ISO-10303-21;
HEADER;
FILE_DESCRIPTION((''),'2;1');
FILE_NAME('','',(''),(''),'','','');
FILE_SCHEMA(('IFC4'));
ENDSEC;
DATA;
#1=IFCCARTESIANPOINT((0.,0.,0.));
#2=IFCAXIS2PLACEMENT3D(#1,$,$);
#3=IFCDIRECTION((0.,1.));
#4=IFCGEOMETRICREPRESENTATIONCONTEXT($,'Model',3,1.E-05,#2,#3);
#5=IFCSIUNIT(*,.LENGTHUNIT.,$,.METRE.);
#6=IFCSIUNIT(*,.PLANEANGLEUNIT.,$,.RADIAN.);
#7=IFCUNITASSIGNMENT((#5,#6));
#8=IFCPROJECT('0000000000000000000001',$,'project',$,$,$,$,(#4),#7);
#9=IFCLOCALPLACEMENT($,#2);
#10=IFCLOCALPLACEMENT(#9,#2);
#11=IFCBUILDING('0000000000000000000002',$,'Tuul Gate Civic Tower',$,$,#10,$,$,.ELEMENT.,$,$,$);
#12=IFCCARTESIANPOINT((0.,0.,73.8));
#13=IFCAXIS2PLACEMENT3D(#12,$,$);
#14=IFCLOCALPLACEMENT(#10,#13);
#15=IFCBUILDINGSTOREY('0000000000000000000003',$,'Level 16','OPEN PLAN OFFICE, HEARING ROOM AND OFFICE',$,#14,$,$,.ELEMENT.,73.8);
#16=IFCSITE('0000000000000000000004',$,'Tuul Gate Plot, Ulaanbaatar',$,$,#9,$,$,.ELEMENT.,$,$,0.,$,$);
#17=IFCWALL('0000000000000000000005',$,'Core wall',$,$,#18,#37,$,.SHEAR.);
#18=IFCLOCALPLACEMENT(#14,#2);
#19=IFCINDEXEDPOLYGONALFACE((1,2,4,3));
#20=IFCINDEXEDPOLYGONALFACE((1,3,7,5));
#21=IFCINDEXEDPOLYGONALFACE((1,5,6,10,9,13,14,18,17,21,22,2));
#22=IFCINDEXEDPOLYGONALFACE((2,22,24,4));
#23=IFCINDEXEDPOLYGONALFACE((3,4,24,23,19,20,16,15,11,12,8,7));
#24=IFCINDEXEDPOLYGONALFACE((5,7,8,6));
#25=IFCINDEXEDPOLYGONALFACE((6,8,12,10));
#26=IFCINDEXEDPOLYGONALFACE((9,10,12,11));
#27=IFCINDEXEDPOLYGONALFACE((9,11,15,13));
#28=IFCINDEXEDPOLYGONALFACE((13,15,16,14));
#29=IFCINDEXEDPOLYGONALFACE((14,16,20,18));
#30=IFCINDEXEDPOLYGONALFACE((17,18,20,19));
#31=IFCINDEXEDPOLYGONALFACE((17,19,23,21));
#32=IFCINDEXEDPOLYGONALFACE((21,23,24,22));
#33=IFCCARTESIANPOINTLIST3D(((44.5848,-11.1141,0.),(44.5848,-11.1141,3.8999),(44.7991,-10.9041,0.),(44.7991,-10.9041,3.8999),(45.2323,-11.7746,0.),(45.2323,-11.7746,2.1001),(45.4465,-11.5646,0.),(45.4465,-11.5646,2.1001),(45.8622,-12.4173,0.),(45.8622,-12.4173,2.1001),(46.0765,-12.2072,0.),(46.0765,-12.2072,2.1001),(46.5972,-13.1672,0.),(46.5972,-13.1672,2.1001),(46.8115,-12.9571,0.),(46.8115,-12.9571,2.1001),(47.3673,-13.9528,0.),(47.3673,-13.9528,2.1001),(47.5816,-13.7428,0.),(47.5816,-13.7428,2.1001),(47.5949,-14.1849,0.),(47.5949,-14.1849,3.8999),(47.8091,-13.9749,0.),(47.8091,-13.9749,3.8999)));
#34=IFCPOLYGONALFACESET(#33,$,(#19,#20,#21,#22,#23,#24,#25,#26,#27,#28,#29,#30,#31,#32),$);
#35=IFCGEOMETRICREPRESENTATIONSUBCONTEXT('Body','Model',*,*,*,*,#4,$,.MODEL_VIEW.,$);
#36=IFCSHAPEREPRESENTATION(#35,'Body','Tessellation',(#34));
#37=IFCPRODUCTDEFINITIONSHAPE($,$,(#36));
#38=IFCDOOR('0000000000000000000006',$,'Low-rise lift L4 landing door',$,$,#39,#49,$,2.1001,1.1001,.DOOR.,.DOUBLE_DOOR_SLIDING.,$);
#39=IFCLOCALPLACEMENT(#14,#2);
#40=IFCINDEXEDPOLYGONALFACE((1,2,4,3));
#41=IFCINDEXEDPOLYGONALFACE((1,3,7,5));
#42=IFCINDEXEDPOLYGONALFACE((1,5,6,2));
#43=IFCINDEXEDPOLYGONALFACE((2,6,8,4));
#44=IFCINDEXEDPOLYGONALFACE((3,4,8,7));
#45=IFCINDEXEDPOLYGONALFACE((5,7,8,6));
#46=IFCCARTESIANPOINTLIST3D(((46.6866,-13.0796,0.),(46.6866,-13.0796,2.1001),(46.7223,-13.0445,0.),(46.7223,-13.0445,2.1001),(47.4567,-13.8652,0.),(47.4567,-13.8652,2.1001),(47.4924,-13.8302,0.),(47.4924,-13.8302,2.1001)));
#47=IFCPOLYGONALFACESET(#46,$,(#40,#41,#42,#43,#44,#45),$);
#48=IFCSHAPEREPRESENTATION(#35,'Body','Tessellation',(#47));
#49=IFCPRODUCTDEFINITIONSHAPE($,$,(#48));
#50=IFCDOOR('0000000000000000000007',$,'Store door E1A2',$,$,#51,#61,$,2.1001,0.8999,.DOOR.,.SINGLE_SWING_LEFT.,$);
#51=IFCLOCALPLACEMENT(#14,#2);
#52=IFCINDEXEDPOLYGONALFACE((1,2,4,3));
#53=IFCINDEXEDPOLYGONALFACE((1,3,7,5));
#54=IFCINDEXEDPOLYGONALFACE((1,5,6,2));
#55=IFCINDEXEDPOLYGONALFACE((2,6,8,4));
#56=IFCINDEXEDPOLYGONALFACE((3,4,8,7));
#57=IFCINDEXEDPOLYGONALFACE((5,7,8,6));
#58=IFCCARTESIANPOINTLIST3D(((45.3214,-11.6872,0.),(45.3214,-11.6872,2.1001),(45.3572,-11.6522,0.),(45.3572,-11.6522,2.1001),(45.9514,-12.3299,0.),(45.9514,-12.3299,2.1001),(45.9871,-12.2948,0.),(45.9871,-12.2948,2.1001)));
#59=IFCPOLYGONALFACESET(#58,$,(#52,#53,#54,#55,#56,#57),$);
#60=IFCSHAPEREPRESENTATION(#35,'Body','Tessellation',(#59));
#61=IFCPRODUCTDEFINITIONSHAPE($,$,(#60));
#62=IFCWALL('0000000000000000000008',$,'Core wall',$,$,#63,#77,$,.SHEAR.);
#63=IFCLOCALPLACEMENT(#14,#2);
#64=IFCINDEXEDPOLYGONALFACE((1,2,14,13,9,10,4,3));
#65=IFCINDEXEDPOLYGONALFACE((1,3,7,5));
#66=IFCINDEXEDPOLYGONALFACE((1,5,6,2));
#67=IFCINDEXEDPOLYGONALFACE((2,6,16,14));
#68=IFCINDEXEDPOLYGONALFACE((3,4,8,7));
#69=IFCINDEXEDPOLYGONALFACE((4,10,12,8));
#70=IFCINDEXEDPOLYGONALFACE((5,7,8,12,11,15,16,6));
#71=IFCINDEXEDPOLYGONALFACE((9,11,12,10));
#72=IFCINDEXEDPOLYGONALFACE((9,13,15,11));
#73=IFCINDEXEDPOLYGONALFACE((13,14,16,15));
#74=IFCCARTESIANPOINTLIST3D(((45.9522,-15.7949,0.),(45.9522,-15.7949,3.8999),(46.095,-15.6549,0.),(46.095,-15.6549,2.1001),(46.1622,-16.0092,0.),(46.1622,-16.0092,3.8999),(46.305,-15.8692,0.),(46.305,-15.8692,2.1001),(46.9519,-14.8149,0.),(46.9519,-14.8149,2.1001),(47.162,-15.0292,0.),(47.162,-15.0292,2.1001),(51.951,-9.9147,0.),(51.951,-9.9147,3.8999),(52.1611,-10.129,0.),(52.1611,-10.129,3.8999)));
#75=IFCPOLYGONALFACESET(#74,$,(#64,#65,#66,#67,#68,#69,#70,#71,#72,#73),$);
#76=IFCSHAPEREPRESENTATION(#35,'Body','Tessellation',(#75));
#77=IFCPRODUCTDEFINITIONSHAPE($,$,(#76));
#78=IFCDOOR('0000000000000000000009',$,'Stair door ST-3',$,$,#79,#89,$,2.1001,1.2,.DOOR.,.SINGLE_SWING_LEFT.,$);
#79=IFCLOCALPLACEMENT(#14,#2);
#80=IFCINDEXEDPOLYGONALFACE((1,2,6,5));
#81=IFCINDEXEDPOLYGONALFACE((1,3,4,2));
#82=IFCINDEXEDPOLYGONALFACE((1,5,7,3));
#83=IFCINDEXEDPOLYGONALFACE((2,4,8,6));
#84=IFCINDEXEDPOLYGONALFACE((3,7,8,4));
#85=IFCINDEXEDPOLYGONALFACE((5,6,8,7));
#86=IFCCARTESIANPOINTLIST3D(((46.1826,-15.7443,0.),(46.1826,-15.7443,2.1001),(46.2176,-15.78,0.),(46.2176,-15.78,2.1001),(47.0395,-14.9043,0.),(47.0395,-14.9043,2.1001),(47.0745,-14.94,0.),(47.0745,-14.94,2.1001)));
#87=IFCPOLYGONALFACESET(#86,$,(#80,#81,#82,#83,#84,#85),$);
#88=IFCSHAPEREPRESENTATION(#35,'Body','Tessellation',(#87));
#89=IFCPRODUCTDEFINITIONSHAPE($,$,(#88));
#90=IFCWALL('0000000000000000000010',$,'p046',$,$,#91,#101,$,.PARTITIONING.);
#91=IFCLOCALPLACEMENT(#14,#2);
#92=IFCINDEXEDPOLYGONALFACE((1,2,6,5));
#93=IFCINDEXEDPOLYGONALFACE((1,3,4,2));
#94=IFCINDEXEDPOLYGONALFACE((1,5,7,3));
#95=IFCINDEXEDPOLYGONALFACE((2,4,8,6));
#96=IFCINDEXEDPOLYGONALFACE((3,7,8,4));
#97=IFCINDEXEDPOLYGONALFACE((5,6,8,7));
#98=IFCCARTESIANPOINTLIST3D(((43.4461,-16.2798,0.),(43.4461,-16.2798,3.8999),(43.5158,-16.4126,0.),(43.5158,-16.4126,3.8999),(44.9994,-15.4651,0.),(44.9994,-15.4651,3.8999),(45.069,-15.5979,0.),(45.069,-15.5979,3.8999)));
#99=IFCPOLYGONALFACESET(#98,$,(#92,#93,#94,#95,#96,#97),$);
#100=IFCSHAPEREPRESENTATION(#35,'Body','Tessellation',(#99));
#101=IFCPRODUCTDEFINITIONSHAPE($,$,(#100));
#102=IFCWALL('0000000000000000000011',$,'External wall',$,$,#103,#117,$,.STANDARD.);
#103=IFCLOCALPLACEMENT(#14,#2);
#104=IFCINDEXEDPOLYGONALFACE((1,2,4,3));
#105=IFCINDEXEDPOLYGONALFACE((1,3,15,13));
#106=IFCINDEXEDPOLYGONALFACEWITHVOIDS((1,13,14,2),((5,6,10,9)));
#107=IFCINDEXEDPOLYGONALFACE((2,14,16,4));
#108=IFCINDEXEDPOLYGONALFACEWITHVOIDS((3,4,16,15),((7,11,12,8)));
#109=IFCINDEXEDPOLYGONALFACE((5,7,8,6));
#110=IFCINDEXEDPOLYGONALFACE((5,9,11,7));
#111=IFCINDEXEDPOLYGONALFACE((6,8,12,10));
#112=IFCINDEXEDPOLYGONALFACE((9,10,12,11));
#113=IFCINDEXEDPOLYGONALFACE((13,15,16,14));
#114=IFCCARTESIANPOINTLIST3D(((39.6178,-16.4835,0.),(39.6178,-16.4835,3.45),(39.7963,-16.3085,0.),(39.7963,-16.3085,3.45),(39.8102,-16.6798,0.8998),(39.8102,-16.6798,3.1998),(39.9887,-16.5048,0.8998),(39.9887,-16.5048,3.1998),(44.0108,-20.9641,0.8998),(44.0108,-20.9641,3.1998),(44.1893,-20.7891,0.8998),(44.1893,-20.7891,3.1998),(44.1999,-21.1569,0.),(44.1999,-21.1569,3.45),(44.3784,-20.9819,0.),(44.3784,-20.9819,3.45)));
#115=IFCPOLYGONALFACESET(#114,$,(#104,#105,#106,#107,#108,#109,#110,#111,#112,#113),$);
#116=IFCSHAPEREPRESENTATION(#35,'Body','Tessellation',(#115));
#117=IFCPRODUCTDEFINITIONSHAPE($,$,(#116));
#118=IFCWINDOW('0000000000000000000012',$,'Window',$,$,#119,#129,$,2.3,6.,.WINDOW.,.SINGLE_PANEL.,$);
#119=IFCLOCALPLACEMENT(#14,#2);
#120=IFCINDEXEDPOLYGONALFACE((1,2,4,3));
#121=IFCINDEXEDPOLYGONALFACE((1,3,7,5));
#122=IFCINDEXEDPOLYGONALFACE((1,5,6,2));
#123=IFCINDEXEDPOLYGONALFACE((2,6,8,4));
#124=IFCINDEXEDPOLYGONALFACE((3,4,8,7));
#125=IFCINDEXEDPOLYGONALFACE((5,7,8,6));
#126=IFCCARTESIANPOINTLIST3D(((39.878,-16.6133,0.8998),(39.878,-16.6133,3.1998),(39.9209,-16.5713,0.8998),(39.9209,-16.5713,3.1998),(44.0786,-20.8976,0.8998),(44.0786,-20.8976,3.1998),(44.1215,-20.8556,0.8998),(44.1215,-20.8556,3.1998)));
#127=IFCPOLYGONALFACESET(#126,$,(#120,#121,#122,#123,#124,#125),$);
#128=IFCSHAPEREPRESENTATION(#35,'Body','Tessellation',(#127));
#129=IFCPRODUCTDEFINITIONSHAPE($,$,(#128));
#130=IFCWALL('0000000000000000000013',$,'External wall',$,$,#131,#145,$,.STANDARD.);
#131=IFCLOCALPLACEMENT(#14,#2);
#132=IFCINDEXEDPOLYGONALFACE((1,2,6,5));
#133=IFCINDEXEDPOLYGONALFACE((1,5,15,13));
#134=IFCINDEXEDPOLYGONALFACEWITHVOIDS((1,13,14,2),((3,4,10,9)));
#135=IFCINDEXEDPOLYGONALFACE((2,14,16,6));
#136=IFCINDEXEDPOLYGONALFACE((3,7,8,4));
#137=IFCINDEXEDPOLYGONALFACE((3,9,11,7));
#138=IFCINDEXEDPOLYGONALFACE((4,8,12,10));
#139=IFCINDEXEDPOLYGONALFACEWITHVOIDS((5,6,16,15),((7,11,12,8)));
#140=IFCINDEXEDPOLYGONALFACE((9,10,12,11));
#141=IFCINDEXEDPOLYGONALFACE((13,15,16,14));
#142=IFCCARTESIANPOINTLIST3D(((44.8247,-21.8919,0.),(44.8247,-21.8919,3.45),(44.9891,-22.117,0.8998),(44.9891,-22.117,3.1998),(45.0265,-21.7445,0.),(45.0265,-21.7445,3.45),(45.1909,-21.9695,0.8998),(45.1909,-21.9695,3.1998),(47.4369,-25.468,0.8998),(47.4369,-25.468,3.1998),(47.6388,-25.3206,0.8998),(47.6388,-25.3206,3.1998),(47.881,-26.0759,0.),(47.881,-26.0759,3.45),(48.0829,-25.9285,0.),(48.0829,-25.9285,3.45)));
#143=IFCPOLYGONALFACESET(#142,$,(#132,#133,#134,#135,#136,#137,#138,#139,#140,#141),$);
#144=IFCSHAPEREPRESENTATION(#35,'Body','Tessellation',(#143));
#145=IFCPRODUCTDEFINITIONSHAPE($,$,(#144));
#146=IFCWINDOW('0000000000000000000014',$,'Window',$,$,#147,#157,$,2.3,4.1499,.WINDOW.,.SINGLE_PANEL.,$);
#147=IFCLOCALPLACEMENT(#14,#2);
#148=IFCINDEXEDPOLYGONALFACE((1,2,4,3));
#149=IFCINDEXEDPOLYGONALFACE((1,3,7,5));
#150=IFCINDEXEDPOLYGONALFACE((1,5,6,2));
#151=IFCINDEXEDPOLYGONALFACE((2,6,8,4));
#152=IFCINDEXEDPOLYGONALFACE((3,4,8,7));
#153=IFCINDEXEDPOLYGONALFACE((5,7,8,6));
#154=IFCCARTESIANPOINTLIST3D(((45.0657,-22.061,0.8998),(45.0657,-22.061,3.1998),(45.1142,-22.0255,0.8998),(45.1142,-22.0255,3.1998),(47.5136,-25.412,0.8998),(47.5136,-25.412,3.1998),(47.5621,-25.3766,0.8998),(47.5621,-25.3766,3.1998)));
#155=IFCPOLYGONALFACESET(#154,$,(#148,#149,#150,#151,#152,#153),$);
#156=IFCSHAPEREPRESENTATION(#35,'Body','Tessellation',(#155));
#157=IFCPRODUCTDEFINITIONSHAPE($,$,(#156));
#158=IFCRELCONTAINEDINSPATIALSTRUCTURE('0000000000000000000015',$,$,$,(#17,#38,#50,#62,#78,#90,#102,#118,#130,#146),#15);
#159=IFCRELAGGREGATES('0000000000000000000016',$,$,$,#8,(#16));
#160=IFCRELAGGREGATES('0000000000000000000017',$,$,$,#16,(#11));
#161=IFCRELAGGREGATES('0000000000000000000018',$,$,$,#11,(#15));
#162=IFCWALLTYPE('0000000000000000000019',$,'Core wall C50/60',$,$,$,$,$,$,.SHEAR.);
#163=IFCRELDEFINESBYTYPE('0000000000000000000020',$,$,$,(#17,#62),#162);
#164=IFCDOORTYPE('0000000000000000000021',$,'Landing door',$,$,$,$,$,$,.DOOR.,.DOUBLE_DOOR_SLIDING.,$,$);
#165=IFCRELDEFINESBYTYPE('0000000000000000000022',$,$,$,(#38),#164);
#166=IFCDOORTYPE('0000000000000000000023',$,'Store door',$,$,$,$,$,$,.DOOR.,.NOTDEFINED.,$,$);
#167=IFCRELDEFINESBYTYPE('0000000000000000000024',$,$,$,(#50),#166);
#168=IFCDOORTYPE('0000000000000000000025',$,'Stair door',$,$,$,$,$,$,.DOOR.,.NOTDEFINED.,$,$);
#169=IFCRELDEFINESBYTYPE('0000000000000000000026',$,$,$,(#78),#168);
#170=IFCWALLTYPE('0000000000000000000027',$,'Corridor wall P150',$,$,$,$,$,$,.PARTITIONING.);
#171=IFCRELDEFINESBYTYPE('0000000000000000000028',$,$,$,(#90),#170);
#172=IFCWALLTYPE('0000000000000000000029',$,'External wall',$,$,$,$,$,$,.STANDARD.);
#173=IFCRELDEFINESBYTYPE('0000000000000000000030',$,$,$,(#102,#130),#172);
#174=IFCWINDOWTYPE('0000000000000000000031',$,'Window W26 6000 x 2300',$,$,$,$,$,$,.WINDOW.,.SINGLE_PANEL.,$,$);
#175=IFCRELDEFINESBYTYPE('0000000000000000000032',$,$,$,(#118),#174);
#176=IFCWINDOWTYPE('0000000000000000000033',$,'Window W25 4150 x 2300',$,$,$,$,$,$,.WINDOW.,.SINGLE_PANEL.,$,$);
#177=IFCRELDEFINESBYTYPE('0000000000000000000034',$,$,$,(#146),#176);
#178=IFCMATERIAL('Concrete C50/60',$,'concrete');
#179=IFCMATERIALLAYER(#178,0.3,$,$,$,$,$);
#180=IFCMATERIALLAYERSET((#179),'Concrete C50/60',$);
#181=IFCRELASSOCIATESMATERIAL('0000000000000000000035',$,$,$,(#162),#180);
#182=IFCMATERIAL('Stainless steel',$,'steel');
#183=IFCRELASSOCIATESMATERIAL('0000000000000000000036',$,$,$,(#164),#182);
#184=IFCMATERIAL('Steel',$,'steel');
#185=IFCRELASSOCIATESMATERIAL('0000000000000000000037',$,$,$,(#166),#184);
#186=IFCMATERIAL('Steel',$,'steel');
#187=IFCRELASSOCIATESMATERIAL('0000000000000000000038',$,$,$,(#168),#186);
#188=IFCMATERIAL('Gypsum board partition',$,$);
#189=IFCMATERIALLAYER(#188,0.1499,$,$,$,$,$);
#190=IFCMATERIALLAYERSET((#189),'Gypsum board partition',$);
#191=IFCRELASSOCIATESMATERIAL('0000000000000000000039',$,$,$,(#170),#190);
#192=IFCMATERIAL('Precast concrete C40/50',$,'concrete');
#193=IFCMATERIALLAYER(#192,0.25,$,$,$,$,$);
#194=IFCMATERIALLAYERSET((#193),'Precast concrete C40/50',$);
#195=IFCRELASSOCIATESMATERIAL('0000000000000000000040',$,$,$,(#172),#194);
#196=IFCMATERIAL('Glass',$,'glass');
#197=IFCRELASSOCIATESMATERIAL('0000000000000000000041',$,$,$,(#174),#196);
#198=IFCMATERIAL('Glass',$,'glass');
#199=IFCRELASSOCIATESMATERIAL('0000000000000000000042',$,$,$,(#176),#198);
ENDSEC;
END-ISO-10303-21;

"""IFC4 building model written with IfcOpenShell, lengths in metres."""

from ifc_helpers import new_model, si_unit, direction, frame, frame_2d, origin, place, context, subcontext, project, spatial, rectangle, extrude, material, layer, layer_set, type_object, element, fill, save


model = new_model("IFC4")

# Units and contexts
model_context = context("Model", 3, precision=1e-05, world=origin(), true_north=direction((0.0, 1.0)))
body_context = subcontext(model_context, "Body", "Model", "MODEL_VIEW")
ifc_project = project(units=[si_unit("LENGTHUNIT", "METRE"), si_unit("PLANEANGLEUNIT", "RADIAN")], contexts=[model_context])

# Site, building, storey
site_placement = place(None, origin())
site = spatial("IfcSite", under=ifc_project, at=site_placement, Name="Tuul Gate Plot, Ulaanbaatar", CompositionType="ELEMENT", RefElevation=0.0)
building_placement = place(site_placement, origin())
building = spatial("IfcBuilding", under=site, at=building_placement, Name="Tuul Gate Civic Tower", CompositionType="ELEMENT")
storey_placement = place(building_placement, frame((0.0, 0.0, 73.8)))
storey = spatial("IfcBuildingStorey", under=building, at=storey_placement, Name="Level 16", Description="OPEN PLAN OFFICE, HEARING ROOM AND OFFICE", CompositionType="ELEMENT", Elevation=73.8)

# Shared definitions
ifc_material_1 = material(Name="Concrete C50/60", Category="concrete")
ifc_layer_1 = layer(ifc_material_1, 0.3)
ifc_layer_set_1 = layer_set([ifc_layer_1], Name="Concrete C50/60")
wall_type_1 = type_object("IfcWallType", Name="Core wall C50/60", PredefinedType="SHEAR", material=ifc_layer_set_1)

# Wall, openings, doors
wall_1_placement = place(storey_placement, frame((47.7019, -14.0798, 0.0), z_axis=(0.0, 0.0, 1.0), x_axis=(-0.700003, 0.71414, 0.0)))
wall_1 = element("IfcWall", 1, at=wall_1_placement, inside=storey, type_object=wall_type_1, Name="Core wall", PredefinedType="SHEAR", context=body_context, shape_type="SweptSolid", body=[
    extrude(rectangle(XDim=4.3, YDim=0.3, at=frame_2d((2.1499, 0.0))), origin(), (0.0, 0.0, 1.0), 3.8999),
])
opening_1_placement = place(wall_1_placement, frame((0.325, 0.0, 0.0)))
opening_1 = element("IfcOpeningElement", 2, at=opening_1_placement, cuts=wall_1, PredefinedType="OPENING", context=body_context, shape_type="SweptSolid", body=[
    extrude(rectangle(XDim=1.1001, YDim=2.1001, at=frame_2d((0.55, 1.05))), frame((0.0, 0.1602, 0.0), z_axis=(0.0, -1.0, 0.0), x_axis=(1.0, 0.0, 0.0)), (0.0, 0.0, 1.0), 0.3201),
])
opening_2_placement = place(wall_1_placement, frame((2.4751, 0.0, 0.0)))
opening_2 = element("IfcOpeningElement", 3, at=opening_2_placement, cuts=wall_1, PredefinedType="OPENING", context=body_context, shape_type="SweptSolid", body=[
    extrude(rectangle(XDim=0.8999, YDim=2.1001, at=frame_2d((0.45, 1.05))), frame((0.0, 0.1602, 0.0), z_axis=(0.0, -1.0, 0.0), x_axis=(1.0, 0.0, 0.0)), (0.0, 0.0, 1.0), 0.3201),
])
ifc_material_2 = material(Name="Stainless steel", Category="steel")
door_type_1 = type_object("IfcDoorType", Name="Landing door", OperationType="DOUBLE_DOOR_SLIDING", PredefinedType="DOOR", material=ifc_material_2)
door_1_placement = place(opening_1_placement, origin())
door_1 = element("IfcDoor", 4, at=door_1_placement, inside=storey, type_object=door_type_1, Name="Low-rise lift L4 landing door", OperationType="DOUBLE_DOOR_SLIDING", OverallHeight=2.1001, OverallWidth=1.1001, PredefinedType="DOOR", context=body_context, shape_type="SweptSolid", body=[
    extrude(rectangle(XDim=1.1001, YDim=2.1001, at=frame_2d((0.55, 1.05))), frame((0.0, 0.0249, 0.0), z_axis=(0.0, -1.0, 0.0), x_axis=(1.0, 0.0, 0.0)), (0.0, 0.0, 1.0), 0.05),
])
fill(opening_1, door_1)
ifc_material_3 = material(Name="Steel", Category="steel")
door_type_2 = type_object("IfcDoorType", Name="Store door", OperationType="NOTDEFINED", PredefinedType="DOOR", material=ifc_material_3)
door_2_placement = place(opening_2_placement, frame((0.8999, 0.0, 0.0), z_axis=(0.0, 0.0, 1.0), x_axis=(-1.0, 0.0, 0.0)))
door_2 = element("IfcDoor", 5, at=door_2_placement, inside=storey, type_object=door_type_2, Name="Store door E1A2", OperationType="SINGLE_SWING_LEFT", OverallHeight=2.1001, OverallWidth=0.8999, PredefinedType="DOOR", context=body_context, shape_type="SweptSolid", body=[
    extrude(rectangle(XDim=0.8999, YDim=2.1001, at=frame_2d((0.45, 1.05))), frame((0.0, 0.0249, 0.0), z_axis=(0.0, -1.0, 0.0), x_axis=(1.0, 0.0, 0.0)), (0.0, 0.0, 1.0), 0.05),
])
fill(opening_2, door_2)

# Wall, opening, door
wall_2_placement = place(storey_placement, frame((46.0571, -15.9021, 0.0), z_axis=(0.0, 0.0, 1.0), x_axis=(0.714134, 0.700009, 0.0)))
wall_2 = element("IfcWall", 6, at=wall_2_placement, inside=storey, type_object=wall_type_1, Name="Core wall", PredefinedType="SHEAR", context=body_context, shape_type="SweptSolid", body=[
    extrude(rectangle(XDim=8.4001, YDim=0.3, at=frame_2d((4.2002, 0.0))), origin(), (0.0, 0.0, 1.0), 3.8999),
])
opening_3_placement = place(wall_2_placement, frame((0.2, 0.0, 0.0)))
opening_3 = element("IfcOpeningElement", 7, at=opening_3_placement, cuts=wall_2, PredefinedType="OPENING", context=body_context, shape_type="SweptSolid", body=[
    extrude(rectangle(XDim=1.2, YDim=2.1001, at=frame_2d((0.6001, 1.05))), frame((0.0, 0.1602, 0.0), z_axis=(0.0, -1.0, 0.0), x_axis=(1.0, 0.0, 0.0)), (0.0, 0.0, 1.0), 0.3201),
])
ifc_material_4 = material(Name="Steel", Category="steel")
door_type_3 = type_object("IfcDoorType", Name="Stair door", OperationType="NOTDEFINED", PredefinedType="DOOR", material=ifc_material_4)
door_3_placement = place(opening_3_placement, origin())
door_3 = element("IfcDoor", 8, at=door_3_placement, inside=storey, type_object=door_type_3, Name="Stair door ST-3", OperationType="SINGLE_SWING_LEFT", OverallHeight=2.1001, OverallWidth=1.2, PredefinedType="DOOR", context=body_context, shape_type="SweptSolid", body=[
    extrude(rectangle(XDim=1.2, YDim=2.1001, at=frame_2d((0.6001, 1.05))), frame((0.0, 0.0249, 0.0), z_axis=(0.0, -1.0, 0.0), x_axis=(1.0, 0.0, 0.0)), (0.0, 0.0, 1.0), 0.05),
])
fill(opening_3, door_3)

# Wall
ifc_material_5 = material(Name="Gypsum board partition")
ifc_layer_2 = layer(ifc_material_5, 0.1499)
ifc_layer_set_2 = layer_set([ifc_layer_2], Name="Gypsum board partition")
wall_type_2 = type_object("IfcWallType", Name="Corridor wall P150", PredefinedType="PARTITIONING", material=ifc_layer_set_2)
wall_3_placement = place(storey_placement, frame((43.481, -16.3462, 0.0), z_axis=(0.0, 0.0, 1.0), x_axis=(0.885573, 0.464501, 0.0)))
element("IfcWall", 9, at=wall_3_placement, inside=storey, type_object=wall_type_2, Name="p046", PredefinedType="PARTITIONING", context=body_context, shape_type="SweptSolid", body=[
    extrude(rectangle(XDim=1.7539, YDim=0.1499, at=frame_2d((0.877, 0.0))), origin(), (0.0, 0.0, 1.0), 3.8999),
])

# Walls, openings, windows
ifc_material_6 = material(Name="Precast concrete C40/50", Category="concrete")
ifc_layer_3 = layer(ifc_material_6, 0.25)
ifc_layer_set_3 = layer_set([ifc_layer_3], Name="Precast concrete C40/50")
wall_type_3 = type_object("IfcWallType", Name="External wall", PredefinedType="STANDARD", material=ifc_layer_set_3)
wall_4_placement = place(storey_placement, frame((39.707, -16.396, 0.0), z_axis=(0.0, 0.0, 1.0), x_axis=(0.700097, -0.714048, 0.0)))
wall_4 = element("IfcWall", 10, at=wall_4_placement, inside=storey, type_object=wall_type_3, Name="External wall", PredefinedType="STANDARD", context=body_context, shape_type="SweptSolid", body=[
    extrude(rectangle(XDim=6.5449, YDim=0.25, at=frame_2d((3.2725, 0.0))), origin(), (0.0, 0.0, 1.0), 3.45),
])
opening_4_placement = place(wall_4_placement, frame((0.2749, 0.0, 0.8999)))
opening_4 = element("IfcOpeningElement", 11, at=opening_4_placement, cuts=wall_4, PredefinedType="OPENING", context=body_context, shape_type="SweptSolid", body=[
    extrude(rectangle(XDim=6.0, YDim=2.3, at=frame_2d((3.0, 1.1499))), frame((0.0, 0.135, 0.0), z_axis=(0.0, -1.0, 0.0), x_axis=(1.0, 0.0, 0.0)), (0.0, 0.0, 1.0), 0.27),
])
ifc_material_7 = material(Name="Glass", Category="glass")
window_type_1 = type_object("IfcWindowType", Name="Window W26 6000 x 2300", PartitioningType="SINGLE_PANEL", PredefinedType="WINDOW", material=ifc_material_7)
window_1_placement = place(opening_4_placement, origin())
window_1 = element("IfcWindow", 12, at=window_1_placement, inside=storey, type_object=window_type_1, Name="Window", OverallHeight=2.3, OverallWidth=6.0, PartitioningType="SINGLE_PANEL", PredefinedType="WINDOW", context=body_context, shape_type="SweptSolid", body=[
    extrude(rectangle(XDim=6.0, YDim=2.3, at=frame_2d((3.0, 1.1499))), frame((0.0, 0.03, 0.0), z_axis=(0.0, -1.0, 0.0), x_axis=(1.0, 0.0, 0.0)), (0.0, 0.0, 1.0), 0.0601),
])
fill(opening_4, window_1)
wall_5_placement = place(storey_placement, frame((44.9255, -21.8181, 0.0), z_axis=(0.0, 0.0, 1.0), x_axis=(0.589865, -0.807502, 0.0)))
wall_5 = element("IfcWall", 13, at=wall_5_placement, inside=storey, type_object=wall_type_3, Name="External wall", PredefinedType="STANDARD", context=body_context, shape_type="SweptSolid", body=[
    extrude(rectangle(XDim=5.1814, YDim=0.25, at=frame_2d((2.5908, 0.0))), origin(), (0.0, 0.0, 1.0), 3.45),
])
opening_5_placement = place(wall_5_placement, frame((0.2788, 0.0, 0.8999)))
opening_5 = element("IfcOpeningElement", 14, at=opening_5_placement, cuts=wall_5, PredefinedType="OPENING", context=body_context, shape_type="SweptSolid", body=[
    extrude(rectangle(XDim=4.1499, YDim=2.3, at=frame_2d((2.075, 1.1499))), frame((0.0, 0.135, 0.0), z_axis=(0.0, -1.0, 0.0), x_axis=(1.0, 0.0, 0.0)), (0.0, 0.0, 1.0), 0.27),
])
ifc_material_8 = material(Name="Glass", Category="glass")
window_type_2 = type_object("IfcWindowType", Name="Window W25 4150 x 2300", PartitioningType="SINGLE_PANEL", PredefinedType="WINDOW", material=ifc_material_8)
window_2_placement = place(opening_5_placement, origin())
window_2 = element("IfcWindow", 15, at=window_2_placement, inside=storey, type_object=window_type_2, Name="Window", OverallHeight=2.3, OverallWidth=4.1499, PartitioningType="SINGLE_PANEL", PredefinedType="WINDOW", context=body_context, shape_type="SweptSolid", body=[
    extrude(rectangle(XDim=4.1499, YDim=2.3, at=frame_2d((2.075, 1.1499))), frame((0.0, 0.03, 0.0), z_axis=(0.0, -1.0, 0.0), x_axis=(1.0, 0.0, 0.0)), (0.0, 0.0, 1.0), 0.0601),
])
fill(opening_5, window_2)

save(model, "model.ifc")
